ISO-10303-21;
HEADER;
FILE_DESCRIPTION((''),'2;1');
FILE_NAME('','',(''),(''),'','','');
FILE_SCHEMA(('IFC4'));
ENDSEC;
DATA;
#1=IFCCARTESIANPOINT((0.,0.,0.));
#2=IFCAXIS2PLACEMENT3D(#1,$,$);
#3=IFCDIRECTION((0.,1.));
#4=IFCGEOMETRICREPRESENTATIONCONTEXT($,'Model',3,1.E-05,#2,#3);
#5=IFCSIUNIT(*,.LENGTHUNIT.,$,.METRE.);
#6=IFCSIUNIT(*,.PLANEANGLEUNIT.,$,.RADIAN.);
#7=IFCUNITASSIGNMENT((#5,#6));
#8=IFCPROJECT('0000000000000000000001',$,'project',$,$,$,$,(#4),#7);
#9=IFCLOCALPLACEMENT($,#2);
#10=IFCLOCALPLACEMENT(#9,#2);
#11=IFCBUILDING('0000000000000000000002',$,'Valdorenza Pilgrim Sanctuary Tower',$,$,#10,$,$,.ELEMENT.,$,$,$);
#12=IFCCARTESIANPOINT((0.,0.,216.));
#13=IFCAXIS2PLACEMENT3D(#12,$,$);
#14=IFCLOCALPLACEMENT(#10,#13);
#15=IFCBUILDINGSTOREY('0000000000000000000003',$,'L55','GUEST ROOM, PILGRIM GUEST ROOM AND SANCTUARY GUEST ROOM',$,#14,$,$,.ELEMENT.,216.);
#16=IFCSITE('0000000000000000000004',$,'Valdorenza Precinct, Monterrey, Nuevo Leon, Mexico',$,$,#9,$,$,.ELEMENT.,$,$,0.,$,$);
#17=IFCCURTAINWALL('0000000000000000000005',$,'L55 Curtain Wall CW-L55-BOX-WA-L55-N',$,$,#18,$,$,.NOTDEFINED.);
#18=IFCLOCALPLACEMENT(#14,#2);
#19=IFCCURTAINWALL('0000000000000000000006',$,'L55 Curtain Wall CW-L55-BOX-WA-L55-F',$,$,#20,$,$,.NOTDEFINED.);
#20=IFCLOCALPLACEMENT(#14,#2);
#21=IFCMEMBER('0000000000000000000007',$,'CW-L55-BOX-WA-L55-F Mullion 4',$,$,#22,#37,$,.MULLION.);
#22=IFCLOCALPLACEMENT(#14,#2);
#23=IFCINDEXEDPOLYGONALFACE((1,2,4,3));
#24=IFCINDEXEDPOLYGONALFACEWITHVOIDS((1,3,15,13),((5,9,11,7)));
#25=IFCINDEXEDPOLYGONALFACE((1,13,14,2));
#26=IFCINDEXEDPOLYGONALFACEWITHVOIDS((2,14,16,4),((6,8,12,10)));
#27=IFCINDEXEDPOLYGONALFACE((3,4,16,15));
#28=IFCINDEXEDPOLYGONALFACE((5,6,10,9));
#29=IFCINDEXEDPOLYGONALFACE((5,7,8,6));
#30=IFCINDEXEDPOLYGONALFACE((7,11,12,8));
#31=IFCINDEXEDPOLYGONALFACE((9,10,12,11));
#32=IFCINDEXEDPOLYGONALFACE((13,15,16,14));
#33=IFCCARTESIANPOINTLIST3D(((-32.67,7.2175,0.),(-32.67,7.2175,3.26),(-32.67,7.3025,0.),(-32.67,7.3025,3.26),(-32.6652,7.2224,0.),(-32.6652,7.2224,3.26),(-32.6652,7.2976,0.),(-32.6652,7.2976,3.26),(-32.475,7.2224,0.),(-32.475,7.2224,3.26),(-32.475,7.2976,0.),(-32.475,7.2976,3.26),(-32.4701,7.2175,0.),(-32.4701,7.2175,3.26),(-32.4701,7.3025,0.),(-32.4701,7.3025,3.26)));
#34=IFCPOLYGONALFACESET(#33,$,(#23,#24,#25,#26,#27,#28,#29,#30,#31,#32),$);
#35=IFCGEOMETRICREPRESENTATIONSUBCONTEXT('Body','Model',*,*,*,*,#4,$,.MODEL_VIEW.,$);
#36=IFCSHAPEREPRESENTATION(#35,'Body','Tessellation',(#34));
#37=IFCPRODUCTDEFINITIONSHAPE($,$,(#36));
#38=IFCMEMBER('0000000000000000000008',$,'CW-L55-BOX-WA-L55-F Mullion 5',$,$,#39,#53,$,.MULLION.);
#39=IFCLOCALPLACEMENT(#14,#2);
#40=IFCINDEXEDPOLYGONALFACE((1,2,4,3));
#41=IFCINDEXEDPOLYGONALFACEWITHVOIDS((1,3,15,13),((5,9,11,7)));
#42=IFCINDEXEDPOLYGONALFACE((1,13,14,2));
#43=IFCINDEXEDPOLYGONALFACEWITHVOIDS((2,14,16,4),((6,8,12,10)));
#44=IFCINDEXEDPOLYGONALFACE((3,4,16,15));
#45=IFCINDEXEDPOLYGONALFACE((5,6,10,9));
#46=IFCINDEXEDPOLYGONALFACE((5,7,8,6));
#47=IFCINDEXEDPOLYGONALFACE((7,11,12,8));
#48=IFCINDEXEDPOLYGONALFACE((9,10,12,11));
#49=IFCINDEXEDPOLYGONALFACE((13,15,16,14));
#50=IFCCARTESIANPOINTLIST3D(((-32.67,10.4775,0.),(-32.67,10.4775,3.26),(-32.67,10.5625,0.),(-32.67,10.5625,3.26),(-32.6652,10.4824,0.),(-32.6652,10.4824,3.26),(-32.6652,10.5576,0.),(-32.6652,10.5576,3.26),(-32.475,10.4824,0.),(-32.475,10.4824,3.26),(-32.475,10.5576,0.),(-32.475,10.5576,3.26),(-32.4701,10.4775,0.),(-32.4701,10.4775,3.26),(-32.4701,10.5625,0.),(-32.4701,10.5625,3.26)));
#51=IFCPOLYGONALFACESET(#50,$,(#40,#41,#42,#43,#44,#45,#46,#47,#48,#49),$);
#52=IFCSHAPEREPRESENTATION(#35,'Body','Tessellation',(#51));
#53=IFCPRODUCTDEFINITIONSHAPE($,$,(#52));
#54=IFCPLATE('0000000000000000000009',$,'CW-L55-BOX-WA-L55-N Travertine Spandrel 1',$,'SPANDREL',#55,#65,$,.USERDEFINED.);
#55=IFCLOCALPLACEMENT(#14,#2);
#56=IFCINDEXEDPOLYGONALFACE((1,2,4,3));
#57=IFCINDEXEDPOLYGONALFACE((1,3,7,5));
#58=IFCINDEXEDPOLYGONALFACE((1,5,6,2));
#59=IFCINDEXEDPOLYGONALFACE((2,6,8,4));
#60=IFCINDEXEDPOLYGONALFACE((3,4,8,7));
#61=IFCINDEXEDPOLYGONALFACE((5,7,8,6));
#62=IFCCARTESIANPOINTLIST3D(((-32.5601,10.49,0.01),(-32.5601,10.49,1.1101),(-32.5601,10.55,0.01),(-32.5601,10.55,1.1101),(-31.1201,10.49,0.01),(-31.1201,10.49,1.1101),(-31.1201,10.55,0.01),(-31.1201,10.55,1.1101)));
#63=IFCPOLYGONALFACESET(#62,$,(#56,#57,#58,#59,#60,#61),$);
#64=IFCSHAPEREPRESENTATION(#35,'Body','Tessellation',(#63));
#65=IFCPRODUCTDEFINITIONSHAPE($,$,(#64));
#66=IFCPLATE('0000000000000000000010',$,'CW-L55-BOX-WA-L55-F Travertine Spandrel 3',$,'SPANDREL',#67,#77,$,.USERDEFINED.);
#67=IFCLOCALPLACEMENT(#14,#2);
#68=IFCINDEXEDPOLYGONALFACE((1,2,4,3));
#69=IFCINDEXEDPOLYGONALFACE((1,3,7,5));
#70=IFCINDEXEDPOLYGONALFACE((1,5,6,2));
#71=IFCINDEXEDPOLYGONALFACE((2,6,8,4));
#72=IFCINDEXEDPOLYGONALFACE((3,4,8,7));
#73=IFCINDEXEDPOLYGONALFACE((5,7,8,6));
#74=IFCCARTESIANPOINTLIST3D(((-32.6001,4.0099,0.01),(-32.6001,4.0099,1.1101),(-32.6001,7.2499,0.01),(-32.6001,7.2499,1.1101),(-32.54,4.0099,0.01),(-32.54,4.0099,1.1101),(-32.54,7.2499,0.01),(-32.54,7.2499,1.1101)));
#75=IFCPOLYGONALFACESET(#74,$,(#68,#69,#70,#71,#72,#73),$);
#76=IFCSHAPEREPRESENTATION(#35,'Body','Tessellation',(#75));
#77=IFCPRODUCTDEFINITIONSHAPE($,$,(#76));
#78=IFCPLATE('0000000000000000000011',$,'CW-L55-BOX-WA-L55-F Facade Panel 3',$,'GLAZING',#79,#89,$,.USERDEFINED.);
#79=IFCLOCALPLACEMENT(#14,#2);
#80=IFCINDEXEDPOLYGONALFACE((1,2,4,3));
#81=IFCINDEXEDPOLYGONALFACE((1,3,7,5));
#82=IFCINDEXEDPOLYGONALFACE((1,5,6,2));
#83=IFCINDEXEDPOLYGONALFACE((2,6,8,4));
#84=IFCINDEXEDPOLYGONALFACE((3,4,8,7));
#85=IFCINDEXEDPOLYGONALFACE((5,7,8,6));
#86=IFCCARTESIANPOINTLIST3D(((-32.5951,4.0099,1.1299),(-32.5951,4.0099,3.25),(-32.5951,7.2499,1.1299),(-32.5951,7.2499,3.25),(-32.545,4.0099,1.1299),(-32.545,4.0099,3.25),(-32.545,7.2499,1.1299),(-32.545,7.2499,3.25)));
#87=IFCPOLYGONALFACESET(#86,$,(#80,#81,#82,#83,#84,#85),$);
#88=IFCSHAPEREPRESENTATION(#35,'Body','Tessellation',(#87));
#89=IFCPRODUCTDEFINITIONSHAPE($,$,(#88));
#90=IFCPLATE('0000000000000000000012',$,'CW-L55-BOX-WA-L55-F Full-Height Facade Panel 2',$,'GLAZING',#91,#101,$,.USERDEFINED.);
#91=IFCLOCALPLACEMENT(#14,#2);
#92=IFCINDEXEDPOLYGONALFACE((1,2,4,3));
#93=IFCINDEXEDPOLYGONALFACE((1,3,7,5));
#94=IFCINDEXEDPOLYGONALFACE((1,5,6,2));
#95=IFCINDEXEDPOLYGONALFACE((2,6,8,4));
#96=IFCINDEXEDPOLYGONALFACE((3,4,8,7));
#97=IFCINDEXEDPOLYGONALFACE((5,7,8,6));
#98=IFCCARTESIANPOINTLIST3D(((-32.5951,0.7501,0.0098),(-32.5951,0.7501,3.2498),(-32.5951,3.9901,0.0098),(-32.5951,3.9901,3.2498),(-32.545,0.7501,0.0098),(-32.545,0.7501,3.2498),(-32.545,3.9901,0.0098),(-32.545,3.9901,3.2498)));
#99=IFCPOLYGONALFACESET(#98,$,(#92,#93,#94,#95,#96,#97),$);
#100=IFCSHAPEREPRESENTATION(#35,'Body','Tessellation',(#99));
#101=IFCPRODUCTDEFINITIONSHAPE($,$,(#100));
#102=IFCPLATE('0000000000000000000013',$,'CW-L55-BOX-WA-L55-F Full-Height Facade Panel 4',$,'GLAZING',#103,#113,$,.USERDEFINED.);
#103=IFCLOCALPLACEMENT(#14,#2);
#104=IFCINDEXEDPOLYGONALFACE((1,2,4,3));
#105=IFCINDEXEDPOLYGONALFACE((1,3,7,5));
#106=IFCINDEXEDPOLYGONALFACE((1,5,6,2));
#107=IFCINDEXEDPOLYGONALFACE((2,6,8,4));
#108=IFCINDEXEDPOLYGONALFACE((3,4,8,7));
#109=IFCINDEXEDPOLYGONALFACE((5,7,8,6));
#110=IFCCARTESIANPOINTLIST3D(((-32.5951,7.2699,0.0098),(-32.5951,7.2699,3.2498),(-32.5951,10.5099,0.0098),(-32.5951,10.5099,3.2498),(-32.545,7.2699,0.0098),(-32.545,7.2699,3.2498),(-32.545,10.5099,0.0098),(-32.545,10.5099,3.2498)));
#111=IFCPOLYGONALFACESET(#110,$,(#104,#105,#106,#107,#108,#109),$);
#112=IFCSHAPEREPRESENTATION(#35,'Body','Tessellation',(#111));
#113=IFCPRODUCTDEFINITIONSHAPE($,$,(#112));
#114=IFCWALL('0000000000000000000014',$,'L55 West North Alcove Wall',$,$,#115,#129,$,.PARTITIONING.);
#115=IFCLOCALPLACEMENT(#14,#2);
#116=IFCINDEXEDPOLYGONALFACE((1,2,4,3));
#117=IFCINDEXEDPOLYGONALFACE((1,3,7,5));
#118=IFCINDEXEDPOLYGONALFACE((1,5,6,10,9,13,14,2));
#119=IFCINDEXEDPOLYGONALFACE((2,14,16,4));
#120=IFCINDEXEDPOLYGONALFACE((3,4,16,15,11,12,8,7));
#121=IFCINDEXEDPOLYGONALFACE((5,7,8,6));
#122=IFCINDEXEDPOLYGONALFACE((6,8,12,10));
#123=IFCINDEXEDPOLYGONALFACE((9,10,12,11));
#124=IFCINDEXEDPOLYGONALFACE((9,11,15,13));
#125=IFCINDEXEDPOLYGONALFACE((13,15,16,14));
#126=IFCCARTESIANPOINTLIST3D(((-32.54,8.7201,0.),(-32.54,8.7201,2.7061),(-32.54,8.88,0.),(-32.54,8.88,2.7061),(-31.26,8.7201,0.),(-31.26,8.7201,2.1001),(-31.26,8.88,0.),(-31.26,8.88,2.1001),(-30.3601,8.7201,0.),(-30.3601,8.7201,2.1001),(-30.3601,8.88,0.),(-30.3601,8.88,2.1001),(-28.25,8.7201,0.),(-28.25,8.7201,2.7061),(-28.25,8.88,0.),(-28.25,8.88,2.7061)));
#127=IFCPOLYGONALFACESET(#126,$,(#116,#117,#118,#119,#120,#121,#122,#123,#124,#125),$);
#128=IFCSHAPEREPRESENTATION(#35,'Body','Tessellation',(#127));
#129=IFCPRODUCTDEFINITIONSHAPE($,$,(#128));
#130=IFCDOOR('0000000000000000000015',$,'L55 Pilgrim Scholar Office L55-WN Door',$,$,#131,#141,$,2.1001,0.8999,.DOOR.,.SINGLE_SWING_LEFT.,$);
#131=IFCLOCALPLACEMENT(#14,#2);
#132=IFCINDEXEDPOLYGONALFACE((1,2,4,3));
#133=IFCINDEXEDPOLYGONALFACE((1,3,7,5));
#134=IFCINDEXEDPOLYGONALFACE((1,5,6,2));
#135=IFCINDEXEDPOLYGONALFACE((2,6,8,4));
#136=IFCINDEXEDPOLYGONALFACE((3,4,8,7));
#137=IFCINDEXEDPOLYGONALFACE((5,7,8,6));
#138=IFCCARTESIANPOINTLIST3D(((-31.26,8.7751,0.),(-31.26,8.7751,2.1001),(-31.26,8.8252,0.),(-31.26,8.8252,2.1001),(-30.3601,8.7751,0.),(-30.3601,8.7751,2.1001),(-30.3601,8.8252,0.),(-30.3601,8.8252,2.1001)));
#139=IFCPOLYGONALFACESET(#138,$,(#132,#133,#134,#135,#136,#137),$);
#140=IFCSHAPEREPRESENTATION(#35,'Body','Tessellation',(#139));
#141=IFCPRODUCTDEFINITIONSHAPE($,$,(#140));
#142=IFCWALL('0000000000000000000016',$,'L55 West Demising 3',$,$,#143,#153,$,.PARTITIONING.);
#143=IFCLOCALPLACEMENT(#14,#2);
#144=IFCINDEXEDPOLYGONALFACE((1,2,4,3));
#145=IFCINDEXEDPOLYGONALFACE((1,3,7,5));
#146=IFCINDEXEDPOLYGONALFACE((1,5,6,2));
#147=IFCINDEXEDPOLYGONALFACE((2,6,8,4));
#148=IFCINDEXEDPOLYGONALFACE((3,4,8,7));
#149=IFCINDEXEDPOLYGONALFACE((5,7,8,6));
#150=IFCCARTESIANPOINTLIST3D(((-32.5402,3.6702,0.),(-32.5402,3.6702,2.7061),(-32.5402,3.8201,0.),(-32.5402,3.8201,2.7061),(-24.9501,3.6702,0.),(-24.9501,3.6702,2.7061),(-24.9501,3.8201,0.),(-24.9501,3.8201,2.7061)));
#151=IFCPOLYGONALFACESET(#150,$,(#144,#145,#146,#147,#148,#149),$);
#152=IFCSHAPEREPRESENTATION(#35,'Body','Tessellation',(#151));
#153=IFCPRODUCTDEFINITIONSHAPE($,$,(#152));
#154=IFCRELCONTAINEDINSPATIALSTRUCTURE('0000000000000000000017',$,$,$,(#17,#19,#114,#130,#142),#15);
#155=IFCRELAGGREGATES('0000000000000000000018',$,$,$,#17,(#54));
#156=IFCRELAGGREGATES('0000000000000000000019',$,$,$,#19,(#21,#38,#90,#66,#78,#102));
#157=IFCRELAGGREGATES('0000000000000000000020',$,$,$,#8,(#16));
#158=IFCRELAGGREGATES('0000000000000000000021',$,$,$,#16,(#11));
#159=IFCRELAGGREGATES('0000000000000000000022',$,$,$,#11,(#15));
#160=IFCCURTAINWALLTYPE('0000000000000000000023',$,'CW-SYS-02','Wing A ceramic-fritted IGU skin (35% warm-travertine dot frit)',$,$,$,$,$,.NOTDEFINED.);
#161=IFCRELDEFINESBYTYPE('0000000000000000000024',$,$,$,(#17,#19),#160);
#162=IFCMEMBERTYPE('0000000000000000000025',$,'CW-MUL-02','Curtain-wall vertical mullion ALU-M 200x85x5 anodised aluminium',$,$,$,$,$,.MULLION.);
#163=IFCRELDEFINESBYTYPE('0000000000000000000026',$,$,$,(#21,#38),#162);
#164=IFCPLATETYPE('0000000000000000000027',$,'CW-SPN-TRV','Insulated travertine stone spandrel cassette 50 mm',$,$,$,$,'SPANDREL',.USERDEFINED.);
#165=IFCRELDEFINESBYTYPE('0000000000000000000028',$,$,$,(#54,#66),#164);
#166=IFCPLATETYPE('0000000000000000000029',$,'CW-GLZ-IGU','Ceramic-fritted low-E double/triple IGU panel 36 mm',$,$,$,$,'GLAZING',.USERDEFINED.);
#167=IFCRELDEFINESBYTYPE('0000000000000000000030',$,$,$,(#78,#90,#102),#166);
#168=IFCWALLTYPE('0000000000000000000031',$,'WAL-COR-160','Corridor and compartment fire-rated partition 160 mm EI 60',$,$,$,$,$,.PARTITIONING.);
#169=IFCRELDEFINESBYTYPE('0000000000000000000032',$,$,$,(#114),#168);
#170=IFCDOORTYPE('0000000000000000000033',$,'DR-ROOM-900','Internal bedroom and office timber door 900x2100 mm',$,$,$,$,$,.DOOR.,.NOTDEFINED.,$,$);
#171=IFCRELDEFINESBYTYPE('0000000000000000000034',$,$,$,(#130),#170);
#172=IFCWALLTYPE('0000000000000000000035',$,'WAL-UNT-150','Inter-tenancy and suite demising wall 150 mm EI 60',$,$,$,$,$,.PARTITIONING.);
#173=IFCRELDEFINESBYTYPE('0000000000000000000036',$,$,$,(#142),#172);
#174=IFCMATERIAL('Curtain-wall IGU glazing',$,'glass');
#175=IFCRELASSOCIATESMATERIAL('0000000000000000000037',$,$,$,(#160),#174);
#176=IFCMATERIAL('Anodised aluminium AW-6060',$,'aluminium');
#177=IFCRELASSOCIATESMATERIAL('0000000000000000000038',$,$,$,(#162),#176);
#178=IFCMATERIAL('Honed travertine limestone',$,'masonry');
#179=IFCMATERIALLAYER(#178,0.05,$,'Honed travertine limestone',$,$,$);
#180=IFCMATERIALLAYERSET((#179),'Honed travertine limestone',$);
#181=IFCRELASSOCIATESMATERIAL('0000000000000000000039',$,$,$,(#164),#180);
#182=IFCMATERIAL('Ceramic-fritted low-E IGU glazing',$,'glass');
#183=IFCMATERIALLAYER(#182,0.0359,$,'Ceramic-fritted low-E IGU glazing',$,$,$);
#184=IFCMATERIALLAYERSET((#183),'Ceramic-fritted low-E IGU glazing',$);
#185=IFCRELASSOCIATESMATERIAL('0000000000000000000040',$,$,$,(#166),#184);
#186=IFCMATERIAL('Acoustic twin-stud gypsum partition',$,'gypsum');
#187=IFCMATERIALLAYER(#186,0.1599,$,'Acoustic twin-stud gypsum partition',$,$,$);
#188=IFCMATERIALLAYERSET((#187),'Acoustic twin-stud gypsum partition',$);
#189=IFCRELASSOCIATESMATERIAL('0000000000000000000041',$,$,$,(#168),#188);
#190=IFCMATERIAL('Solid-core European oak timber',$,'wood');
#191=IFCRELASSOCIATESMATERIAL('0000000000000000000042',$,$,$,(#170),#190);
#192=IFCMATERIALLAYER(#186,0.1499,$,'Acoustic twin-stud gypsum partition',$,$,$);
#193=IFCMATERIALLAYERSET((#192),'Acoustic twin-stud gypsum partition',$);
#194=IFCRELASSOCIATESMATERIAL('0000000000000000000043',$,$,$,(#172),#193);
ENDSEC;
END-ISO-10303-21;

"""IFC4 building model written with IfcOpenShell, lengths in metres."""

from ifc_helpers import new_model, si_unit, direction, frame, frame_2d, origin, origin_2d, place, context, subcontext, project, spatial, rectangle, hollow_rectangle, extrude, source, transform, mapped, material, layer, layer_set, material_profile, profile_set, type_object, element, fill, aggregate, save


model = new_model("IFC4")

# Units and contexts
model_context = context("Model", 3, precision=1e-05, world=origin(), true_north=direction((0.0, 1.0)))
body_context = subcontext(model_context, "Body", "Model", "MODEL_VIEW")
ifc_project = project(units=[si_unit("LENGTHUNIT", "METRE"), si_unit("PLANEANGLEUNIT", "RADIAN")], contexts=[model_context])

# Site, building, storey
site_placement = place(None, origin())
site = spatial("IfcSite", under=ifc_project, at=site_placement, Name="Valdorenza Precinct, Monterrey, Nuevo Leon, Mexico", CompositionType="ELEMENT", RefElevation=0.0)
building_placement = place(site_placement, origin())
building = spatial("IfcBuilding", under=site, at=building_placement, Name="Valdorenza Pilgrim Sanctuary Tower", CompositionType="ELEMENT")
storey_placement = place(building_placement, frame((0.0, 0.0, 216.0)))
storey = spatial("IfcBuildingStorey", under=building, at=storey_placement, Name="L55", Description="GUEST ROOM, PILGRIM GUEST ROOM AND SANCTUARY GUEST ROOM", CompositionType="ELEMENT", Elevation=216.0)

# Curtain wall
ifc_material_1 = material(Name="Curtain-wall IGU glazing", Category="glass")
curtain_wall_type = type_object("IfcCurtainWallType", Name="CW-SYS-02", Description="Wing A ceramic-fritted IGU skin (35% warm-travertine dot frit)", PredefinedType="NOTDEFINED", material=ifc_material_1)
curtain_wall_1_placement = place(storey_placement, origin())
curtain_wall_1 = element("IfcCurtainWall", 1, at=curtain_wall_1_placement, inside=storey, type_object=curtain_wall_type, Name="L55 Curtain Wall CW-L55-BOX-WA-L55-N", PredefinedType="NOTDEFINED")
ifc_material_2 = material(Name="Anodised aluminium AW-6060", Category="aluminium")

# Curtain wall, members
curtain_wall_2_placement = place(storey_placement, origin())
curtain_wall_2 = element("IfcCurtainWall", 2, at=curtain_wall_2_placement, inside=storey, type_object=curtain_wall_type, Name="L55 Curtain Wall CW-L55-BOX-WA-L55-F", PredefinedType="NOTDEFINED")
ifc_material_profile_1 = material_profile(ifc_material_2, hollow_rectangle(XDim=0.085, YDim=0.2, WallThickness=0.0049, at=origin_2d()), Name="ALU-M 200x85x5")
ifc_profile_set_1 = profile_set([ifc_material_profile_1], Name="Anodised aluminium AW-6060")
member_type_1 = type_object("IfcMemberType", Name="CW-MUL-02", Description="Curtain-wall vertical mullion ALU-M 200x85x5 anodised aluminium", PredefinedType="MULLION", material=ifc_profile_set_1)
shared_shape_1 = source(origin(), body_context, "Body", "SweptSolid", [
    extrude(hollow_rectangle(XDim=0.085, YDim=0.2, WallThickness=0.0049, at=origin_2d()), origin(), (0.0, 0.0, 1.0), 3.26),
])
member_1_placement = place(storey_placement, frame((-32.5701, 7.26, 0.0), z_axis=(0.0, 0.0, 1.0), x_axis=(0.0, 1.0, 0.0)))
member_1 = element("IfcMember", 3, at=member_1_placement, type_object=member_type_1, Name="CW-L55-BOX-WA-L55-F Mullion 4", PredefinedType="MULLION", context=body_context, shape_type="MappedRepresentation", body=[
    mapped(shared_shape_1, transform((0.0, 0.0, 0.0), x_axis=(1.0, 0.0, 0.0), y_axis=(0.0, 1.0, 0.0), z_axis=(0.0, 0.0, 1.0), scale=1.0)),
])
member_2_placement = place(storey_placement, frame((-32.5701, 10.52, 0.0), z_axis=(0.0, 0.0, 1.0), x_axis=(0.0, 1.0, 0.0)))
member_2 = element("IfcMember", 4, at=member_2_placement, type_object=member_type_1, Name="CW-L55-BOX-WA-L55-F Mullion 5", PredefinedType="MULLION", context=body_context, shape_type="MappedRepresentation", body=[
    mapped(shared_shape_1, transform((0.0, 0.0, 0.0), x_axis=(1.0, 0.0, 0.0), y_axis=(0.0, 1.0, 0.0), z_axis=(0.0, 0.0, 1.0), scale=1.0)),
])

# Plates
ifc_material_3 = material(Name="Honed travertine limestone", Category="masonry")
ifc_layer_1 = layer(ifc_material_3, 0.05, Name="Honed travertine limestone")
ifc_layer_set_1 = layer_set([ifc_layer_1], Name="Honed travertine limestone")
plate_type_1 = type_object("IfcPlateType", Name="CW-SPN-TRV", Description="Insulated travertine stone spandrel cassette 50 mm", ElementType="SPANDREL", PredefinedType="USERDEFINED", material=ifc_layer_set_1)
shared_shape_2 = source(origin(), body_context, "Body", "SweptSolid", [
    extrude(rectangle(XDim=1.4399, YDim=0.0601, at=origin_2d()), origin(), (0.0, 0.0, 1.0), 1.1001),
])
plate_1_placement = place(storey_placement, frame((-31.8401, 10.52, 0.01), z_axis=(0.0, 0.0, 1.0), x_axis=(1.0, 0.0, 0.0)))
plate_1 = element("IfcPlate", 5, at=plate_1_placement, type_object=plate_type_1, Name="CW-L55-BOX-WA-L55-N Travertine Spandrel 1", ObjectType="SPANDREL", PredefinedType="USERDEFINED", context=body_context, shape_type="MappedRepresentation", body=[
    mapped(shared_shape_2, transform((0.0, 0.0, 0.0), x_axis=(1.0, 0.0, 0.0), y_axis=(0.0, 1.0, 0.0), z_axis=(0.0, 0.0, 1.0), scale=1.0)),
])
aggregate(curtain_wall_1, [plate_1])
shared_shape_3 = source(origin(), body_context, "Body", "SweptSolid", [
    extrude(rectangle(XDim=3.24, YDim=0.0601, at=origin_2d()), origin(), (0.0, 0.0, 1.0), 1.1001),
])
plate_2_placement = place(storey_placement, frame((-32.5701, 5.6299, 0.01), z_axis=(0.0, 0.0, 1.0), x_axis=(0.0, 1.0, 0.0)))
plate_2 = element("IfcPlate", 6, at=plate_2_placement, type_object=plate_type_1, Name="CW-L55-BOX-WA-L55-F Travertine Spandrel 3", ObjectType="SPANDREL", PredefinedType="USERDEFINED", context=body_context, shape_type="MappedRepresentation", body=[
    mapped(shared_shape_3, transform((0.0, 0.0, 0.0), x_axis=(1.0, 0.0, 0.0), y_axis=(0.0, 1.0, 0.0), z_axis=(0.0, 0.0, 1.0), scale=1.0)),
])
ifc_material_4 = material(Name="Ceramic-fritted low-E IGU glazing", Category="glass")
ifc_layer_2 = layer(ifc_material_4, 0.0359, Name="Ceramic-fritted low-E IGU glazing")
ifc_layer_set_2 = layer_set([ifc_layer_2], Name="Ceramic-fritted low-E IGU glazing")
plate_type_2 = type_object("IfcPlateType", Name="CW-GLZ-IGU", Description="Ceramic-fritted low-E double/triple IGU panel 36 mm", ElementType="GLAZING", PredefinedType="USERDEFINED", material=ifc_layer_set_2)
shared_shape_4 = source(origin(), body_context, "Body", "SweptSolid", [
    extrude(rectangle(XDim=3.24, YDim=0.05, at=origin_2d()), origin(), (0.0, 0.0, 1.0), 2.1201),
])
plate_3_placement = place(storey_placement, frame((-32.5701, 5.6299, 1.1299), z_axis=(0.0, 0.0, 1.0), x_axis=(0.0, 1.0, 0.0)))
plate_3 = element("IfcPlate", 7, at=plate_3_placement, type_object=plate_type_2, Name="CW-L55-BOX-WA-L55-F Facade Panel 3", ObjectType="GLAZING", PredefinedType="USERDEFINED", context=body_context, shape_type="MappedRepresentation", body=[
    mapped(shared_shape_4, transform((0.0, 0.0, 0.0), x_axis=(1.0, 0.0, 0.0), y_axis=(0.0, 1.0, 0.0), z_axis=(0.0, 0.0, 1.0), scale=1.0)),
])
shared_shape_5 = source(origin(), body_context, "Body", "SweptSolid", [
    extrude(rectangle(XDim=3.24, YDim=0.05, at=origin_2d()), origin(), (0.0, 0.0, 1.0), 3.24),
])
plate_4_placement = place(storey_placement, frame((-32.5701, 2.3701, 0.0098), z_axis=(0.0, 0.0, 1.0), x_axis=(0.0, 1.0, 0.0)))
plate_4 = element("IfcPlate", 8, at=plate_4_placement, type_object=plate_type_2, Name="CW-L55-BOX-WA-L55-F Full-Height Facade Panel 2", ObjectType="GLAZING", PredefinedType="USERDEFINED", context=body_context, shape_type="MappedRepresentation", body=[
    mapped(shared_shape_5, transform((0.0, 0.0, 0.0), x_axis=(1.0, 0.0, 0.0), y_axis=(0.0, 1.0, 0.0), z_axis=(0.0, 0.0, 1.0), scale=1.0)),
])
plate_5_placement = place(storey_placement, frame((-32.5701, 8.8899, 0.0098), z_axis=(0.0, 0.0, 1.0), x_axis=(0.0, 1.0, 0.0)))
plate_5 = element("IfcPlate", 9, at=plate_5_placement, type_object=plate_type_2, Name="CW-L55-BOX-WA-L55-F Full-Height Facade Panel 4", ObjectType="GLAZING", PredefinedType="USERDEFINED", context=body_context, shape_type="MappedRepresentation", body=[
    mapped(shared_shape_5, transform((0.0, 0.0, 0.0), x_axis=(1.0, 0.0, 0.0), y_axis=(0.0, 1.0, 0.0), z_axis=(0.0, 0.0, 1.0), scale=1.0)),
])
aggregate(curtain_wall_2, [member_1, member_2, plate_4, plate_2, plate_3, plate_5])

# Wall, opening, door
ifc_material_5 = material(Name="Acoustic twin-stud gypsum partition", Category="gypsum")
ifc_layer_3 = layer(ifc_material_5, 0.1599, Name="Acoustic twin-stud gypsum partition")
ifc_layer_set_3 = layer_set([ifc_layer_3], Name="Acoustic twin-stud gypsum partition")
wall_type_1 = type_object("IfcWallType", Name="WAL-COR-160", Description="Corridor and compartment fire-rated partition 160 mm EI 60", PredefinedType="PARTITIONING", material=ifc_layer_set_3)
wall_1_placement = place(storey_placement, frame((-32.54, 8.8, 0.0), z_axis=(0.0, 0.0, 1.0), x_axis=(1.0, 0.0, 0.0)))
wall_1 = element("IfcWall", 10, at=wall_1_placement, inside=storey, type_object=wall_type_1, Name="L55 West North Alcove Wall", PredefinedType="PARTITIONING", context=body_context, shape_type="SweptSolid", body=[
    extrude(rectangle(XDim=4.29, YDim=0.1599, at=frame_2d((2.145, 0.0))), origin(), (0.0, 0.0, 1.0), 2.7061),
])
opening_placement = place(wall_1_placement, frame((1.28, 0.0, 0.0)))
opening = element("IfcOpeningElement", 11, at=opening_placement, cuts=wall_1, PredefinedType="OPENING", context=body_context, shape_type="SweptSolid", body=[
    extrude(rectangle(XDim=0.8999, YDim=2.1001, at=frame_2d((0.45, 1.05))), frame((0.0, 0.0947, 0.0), z_axis=(0.0, -1.0, 0.0), x_axis=(1.0, 0.0, 0.0)), (0.0, 0.0, 1.0), 0.1897),
])
ifc_material_6 = material(Name="Solid-core European oak timber", Category="wood")
door_type = type_object("IfcDoorType", Name="DR-ROOM-900", Description="Internal bedroom and office timber door 900x2100 mm", OperationType="NOTDEFINED", PredefinedType="DOOR", material=ifc_material_6)
door_placement = place(opening_placement, frame((0.8999, 0.0, 0.0), z_axis=(0.0, 0.0, 1.0), x_axis=(-1.0, 0.0, 0.0)))
door = element("IfcDoor", 12, at=door_placement, inside=storey, type_object=door_type, Name="L55 Pilgrim Scholar Office L55-WN Door", OperationType="SINGLE_SWING_LEFT", OverallHeight=2.1001, OverallWidth=0.8999, PredefinedType="DOOR", context=body_context, shape_type="SweptSolid", body=[
    extrude(rectangle(XDim=0.8999, YDim=2.1001, at=frame_2d((0.45, 1.05))), frame((0.0, 0.0249, 0.0), z_axis=(0.0, -1.0, 0.0), x_axis=(1.0, 0.0, 0.0)), (0.0, 0.0, 1.0), 0.05),
])
fill(opening, door)

# Wall
ifc_layer_4 = layer(ifc_material_5, 0.1499, Name="Acoustic twin-stud gypsum partition")
ifc_layer_set_4 = layer_set([ifc_layer_4], Name="Acoustic twin-stud gypsum partition")
wall_type_2 = type_object("IfcWallType", Name="WAL-UNT-150", Description="Inter-tenancy and suite demising wall 150 mm EI 60", PredefinedType="PARTITIONING", material=ifc_layer_set_4)
wall_2_placement = place(storey_placement, frame((-32.54, 3.7451, 0.0), z_axis=(0.0, 0.0, 1.0), x_axis=(1.0, 0.0, 0.0)))
element("IfcWall", 13, at=wall_2_placement, inside=storey, type_object=wall_type_2, Name="L55 West Demising 3", PredefinedType="PARTITIONING", context=body_context, shape_type="SweptSolid", body=[
    extrude(rectangle(XDim=7.5901, YDim=0.1499, at=frame_2d((3.7949, 0.0))), origin(), (0.0, 0.0, 1.0), 2.7061),
])

save(model, "model.ifc")
